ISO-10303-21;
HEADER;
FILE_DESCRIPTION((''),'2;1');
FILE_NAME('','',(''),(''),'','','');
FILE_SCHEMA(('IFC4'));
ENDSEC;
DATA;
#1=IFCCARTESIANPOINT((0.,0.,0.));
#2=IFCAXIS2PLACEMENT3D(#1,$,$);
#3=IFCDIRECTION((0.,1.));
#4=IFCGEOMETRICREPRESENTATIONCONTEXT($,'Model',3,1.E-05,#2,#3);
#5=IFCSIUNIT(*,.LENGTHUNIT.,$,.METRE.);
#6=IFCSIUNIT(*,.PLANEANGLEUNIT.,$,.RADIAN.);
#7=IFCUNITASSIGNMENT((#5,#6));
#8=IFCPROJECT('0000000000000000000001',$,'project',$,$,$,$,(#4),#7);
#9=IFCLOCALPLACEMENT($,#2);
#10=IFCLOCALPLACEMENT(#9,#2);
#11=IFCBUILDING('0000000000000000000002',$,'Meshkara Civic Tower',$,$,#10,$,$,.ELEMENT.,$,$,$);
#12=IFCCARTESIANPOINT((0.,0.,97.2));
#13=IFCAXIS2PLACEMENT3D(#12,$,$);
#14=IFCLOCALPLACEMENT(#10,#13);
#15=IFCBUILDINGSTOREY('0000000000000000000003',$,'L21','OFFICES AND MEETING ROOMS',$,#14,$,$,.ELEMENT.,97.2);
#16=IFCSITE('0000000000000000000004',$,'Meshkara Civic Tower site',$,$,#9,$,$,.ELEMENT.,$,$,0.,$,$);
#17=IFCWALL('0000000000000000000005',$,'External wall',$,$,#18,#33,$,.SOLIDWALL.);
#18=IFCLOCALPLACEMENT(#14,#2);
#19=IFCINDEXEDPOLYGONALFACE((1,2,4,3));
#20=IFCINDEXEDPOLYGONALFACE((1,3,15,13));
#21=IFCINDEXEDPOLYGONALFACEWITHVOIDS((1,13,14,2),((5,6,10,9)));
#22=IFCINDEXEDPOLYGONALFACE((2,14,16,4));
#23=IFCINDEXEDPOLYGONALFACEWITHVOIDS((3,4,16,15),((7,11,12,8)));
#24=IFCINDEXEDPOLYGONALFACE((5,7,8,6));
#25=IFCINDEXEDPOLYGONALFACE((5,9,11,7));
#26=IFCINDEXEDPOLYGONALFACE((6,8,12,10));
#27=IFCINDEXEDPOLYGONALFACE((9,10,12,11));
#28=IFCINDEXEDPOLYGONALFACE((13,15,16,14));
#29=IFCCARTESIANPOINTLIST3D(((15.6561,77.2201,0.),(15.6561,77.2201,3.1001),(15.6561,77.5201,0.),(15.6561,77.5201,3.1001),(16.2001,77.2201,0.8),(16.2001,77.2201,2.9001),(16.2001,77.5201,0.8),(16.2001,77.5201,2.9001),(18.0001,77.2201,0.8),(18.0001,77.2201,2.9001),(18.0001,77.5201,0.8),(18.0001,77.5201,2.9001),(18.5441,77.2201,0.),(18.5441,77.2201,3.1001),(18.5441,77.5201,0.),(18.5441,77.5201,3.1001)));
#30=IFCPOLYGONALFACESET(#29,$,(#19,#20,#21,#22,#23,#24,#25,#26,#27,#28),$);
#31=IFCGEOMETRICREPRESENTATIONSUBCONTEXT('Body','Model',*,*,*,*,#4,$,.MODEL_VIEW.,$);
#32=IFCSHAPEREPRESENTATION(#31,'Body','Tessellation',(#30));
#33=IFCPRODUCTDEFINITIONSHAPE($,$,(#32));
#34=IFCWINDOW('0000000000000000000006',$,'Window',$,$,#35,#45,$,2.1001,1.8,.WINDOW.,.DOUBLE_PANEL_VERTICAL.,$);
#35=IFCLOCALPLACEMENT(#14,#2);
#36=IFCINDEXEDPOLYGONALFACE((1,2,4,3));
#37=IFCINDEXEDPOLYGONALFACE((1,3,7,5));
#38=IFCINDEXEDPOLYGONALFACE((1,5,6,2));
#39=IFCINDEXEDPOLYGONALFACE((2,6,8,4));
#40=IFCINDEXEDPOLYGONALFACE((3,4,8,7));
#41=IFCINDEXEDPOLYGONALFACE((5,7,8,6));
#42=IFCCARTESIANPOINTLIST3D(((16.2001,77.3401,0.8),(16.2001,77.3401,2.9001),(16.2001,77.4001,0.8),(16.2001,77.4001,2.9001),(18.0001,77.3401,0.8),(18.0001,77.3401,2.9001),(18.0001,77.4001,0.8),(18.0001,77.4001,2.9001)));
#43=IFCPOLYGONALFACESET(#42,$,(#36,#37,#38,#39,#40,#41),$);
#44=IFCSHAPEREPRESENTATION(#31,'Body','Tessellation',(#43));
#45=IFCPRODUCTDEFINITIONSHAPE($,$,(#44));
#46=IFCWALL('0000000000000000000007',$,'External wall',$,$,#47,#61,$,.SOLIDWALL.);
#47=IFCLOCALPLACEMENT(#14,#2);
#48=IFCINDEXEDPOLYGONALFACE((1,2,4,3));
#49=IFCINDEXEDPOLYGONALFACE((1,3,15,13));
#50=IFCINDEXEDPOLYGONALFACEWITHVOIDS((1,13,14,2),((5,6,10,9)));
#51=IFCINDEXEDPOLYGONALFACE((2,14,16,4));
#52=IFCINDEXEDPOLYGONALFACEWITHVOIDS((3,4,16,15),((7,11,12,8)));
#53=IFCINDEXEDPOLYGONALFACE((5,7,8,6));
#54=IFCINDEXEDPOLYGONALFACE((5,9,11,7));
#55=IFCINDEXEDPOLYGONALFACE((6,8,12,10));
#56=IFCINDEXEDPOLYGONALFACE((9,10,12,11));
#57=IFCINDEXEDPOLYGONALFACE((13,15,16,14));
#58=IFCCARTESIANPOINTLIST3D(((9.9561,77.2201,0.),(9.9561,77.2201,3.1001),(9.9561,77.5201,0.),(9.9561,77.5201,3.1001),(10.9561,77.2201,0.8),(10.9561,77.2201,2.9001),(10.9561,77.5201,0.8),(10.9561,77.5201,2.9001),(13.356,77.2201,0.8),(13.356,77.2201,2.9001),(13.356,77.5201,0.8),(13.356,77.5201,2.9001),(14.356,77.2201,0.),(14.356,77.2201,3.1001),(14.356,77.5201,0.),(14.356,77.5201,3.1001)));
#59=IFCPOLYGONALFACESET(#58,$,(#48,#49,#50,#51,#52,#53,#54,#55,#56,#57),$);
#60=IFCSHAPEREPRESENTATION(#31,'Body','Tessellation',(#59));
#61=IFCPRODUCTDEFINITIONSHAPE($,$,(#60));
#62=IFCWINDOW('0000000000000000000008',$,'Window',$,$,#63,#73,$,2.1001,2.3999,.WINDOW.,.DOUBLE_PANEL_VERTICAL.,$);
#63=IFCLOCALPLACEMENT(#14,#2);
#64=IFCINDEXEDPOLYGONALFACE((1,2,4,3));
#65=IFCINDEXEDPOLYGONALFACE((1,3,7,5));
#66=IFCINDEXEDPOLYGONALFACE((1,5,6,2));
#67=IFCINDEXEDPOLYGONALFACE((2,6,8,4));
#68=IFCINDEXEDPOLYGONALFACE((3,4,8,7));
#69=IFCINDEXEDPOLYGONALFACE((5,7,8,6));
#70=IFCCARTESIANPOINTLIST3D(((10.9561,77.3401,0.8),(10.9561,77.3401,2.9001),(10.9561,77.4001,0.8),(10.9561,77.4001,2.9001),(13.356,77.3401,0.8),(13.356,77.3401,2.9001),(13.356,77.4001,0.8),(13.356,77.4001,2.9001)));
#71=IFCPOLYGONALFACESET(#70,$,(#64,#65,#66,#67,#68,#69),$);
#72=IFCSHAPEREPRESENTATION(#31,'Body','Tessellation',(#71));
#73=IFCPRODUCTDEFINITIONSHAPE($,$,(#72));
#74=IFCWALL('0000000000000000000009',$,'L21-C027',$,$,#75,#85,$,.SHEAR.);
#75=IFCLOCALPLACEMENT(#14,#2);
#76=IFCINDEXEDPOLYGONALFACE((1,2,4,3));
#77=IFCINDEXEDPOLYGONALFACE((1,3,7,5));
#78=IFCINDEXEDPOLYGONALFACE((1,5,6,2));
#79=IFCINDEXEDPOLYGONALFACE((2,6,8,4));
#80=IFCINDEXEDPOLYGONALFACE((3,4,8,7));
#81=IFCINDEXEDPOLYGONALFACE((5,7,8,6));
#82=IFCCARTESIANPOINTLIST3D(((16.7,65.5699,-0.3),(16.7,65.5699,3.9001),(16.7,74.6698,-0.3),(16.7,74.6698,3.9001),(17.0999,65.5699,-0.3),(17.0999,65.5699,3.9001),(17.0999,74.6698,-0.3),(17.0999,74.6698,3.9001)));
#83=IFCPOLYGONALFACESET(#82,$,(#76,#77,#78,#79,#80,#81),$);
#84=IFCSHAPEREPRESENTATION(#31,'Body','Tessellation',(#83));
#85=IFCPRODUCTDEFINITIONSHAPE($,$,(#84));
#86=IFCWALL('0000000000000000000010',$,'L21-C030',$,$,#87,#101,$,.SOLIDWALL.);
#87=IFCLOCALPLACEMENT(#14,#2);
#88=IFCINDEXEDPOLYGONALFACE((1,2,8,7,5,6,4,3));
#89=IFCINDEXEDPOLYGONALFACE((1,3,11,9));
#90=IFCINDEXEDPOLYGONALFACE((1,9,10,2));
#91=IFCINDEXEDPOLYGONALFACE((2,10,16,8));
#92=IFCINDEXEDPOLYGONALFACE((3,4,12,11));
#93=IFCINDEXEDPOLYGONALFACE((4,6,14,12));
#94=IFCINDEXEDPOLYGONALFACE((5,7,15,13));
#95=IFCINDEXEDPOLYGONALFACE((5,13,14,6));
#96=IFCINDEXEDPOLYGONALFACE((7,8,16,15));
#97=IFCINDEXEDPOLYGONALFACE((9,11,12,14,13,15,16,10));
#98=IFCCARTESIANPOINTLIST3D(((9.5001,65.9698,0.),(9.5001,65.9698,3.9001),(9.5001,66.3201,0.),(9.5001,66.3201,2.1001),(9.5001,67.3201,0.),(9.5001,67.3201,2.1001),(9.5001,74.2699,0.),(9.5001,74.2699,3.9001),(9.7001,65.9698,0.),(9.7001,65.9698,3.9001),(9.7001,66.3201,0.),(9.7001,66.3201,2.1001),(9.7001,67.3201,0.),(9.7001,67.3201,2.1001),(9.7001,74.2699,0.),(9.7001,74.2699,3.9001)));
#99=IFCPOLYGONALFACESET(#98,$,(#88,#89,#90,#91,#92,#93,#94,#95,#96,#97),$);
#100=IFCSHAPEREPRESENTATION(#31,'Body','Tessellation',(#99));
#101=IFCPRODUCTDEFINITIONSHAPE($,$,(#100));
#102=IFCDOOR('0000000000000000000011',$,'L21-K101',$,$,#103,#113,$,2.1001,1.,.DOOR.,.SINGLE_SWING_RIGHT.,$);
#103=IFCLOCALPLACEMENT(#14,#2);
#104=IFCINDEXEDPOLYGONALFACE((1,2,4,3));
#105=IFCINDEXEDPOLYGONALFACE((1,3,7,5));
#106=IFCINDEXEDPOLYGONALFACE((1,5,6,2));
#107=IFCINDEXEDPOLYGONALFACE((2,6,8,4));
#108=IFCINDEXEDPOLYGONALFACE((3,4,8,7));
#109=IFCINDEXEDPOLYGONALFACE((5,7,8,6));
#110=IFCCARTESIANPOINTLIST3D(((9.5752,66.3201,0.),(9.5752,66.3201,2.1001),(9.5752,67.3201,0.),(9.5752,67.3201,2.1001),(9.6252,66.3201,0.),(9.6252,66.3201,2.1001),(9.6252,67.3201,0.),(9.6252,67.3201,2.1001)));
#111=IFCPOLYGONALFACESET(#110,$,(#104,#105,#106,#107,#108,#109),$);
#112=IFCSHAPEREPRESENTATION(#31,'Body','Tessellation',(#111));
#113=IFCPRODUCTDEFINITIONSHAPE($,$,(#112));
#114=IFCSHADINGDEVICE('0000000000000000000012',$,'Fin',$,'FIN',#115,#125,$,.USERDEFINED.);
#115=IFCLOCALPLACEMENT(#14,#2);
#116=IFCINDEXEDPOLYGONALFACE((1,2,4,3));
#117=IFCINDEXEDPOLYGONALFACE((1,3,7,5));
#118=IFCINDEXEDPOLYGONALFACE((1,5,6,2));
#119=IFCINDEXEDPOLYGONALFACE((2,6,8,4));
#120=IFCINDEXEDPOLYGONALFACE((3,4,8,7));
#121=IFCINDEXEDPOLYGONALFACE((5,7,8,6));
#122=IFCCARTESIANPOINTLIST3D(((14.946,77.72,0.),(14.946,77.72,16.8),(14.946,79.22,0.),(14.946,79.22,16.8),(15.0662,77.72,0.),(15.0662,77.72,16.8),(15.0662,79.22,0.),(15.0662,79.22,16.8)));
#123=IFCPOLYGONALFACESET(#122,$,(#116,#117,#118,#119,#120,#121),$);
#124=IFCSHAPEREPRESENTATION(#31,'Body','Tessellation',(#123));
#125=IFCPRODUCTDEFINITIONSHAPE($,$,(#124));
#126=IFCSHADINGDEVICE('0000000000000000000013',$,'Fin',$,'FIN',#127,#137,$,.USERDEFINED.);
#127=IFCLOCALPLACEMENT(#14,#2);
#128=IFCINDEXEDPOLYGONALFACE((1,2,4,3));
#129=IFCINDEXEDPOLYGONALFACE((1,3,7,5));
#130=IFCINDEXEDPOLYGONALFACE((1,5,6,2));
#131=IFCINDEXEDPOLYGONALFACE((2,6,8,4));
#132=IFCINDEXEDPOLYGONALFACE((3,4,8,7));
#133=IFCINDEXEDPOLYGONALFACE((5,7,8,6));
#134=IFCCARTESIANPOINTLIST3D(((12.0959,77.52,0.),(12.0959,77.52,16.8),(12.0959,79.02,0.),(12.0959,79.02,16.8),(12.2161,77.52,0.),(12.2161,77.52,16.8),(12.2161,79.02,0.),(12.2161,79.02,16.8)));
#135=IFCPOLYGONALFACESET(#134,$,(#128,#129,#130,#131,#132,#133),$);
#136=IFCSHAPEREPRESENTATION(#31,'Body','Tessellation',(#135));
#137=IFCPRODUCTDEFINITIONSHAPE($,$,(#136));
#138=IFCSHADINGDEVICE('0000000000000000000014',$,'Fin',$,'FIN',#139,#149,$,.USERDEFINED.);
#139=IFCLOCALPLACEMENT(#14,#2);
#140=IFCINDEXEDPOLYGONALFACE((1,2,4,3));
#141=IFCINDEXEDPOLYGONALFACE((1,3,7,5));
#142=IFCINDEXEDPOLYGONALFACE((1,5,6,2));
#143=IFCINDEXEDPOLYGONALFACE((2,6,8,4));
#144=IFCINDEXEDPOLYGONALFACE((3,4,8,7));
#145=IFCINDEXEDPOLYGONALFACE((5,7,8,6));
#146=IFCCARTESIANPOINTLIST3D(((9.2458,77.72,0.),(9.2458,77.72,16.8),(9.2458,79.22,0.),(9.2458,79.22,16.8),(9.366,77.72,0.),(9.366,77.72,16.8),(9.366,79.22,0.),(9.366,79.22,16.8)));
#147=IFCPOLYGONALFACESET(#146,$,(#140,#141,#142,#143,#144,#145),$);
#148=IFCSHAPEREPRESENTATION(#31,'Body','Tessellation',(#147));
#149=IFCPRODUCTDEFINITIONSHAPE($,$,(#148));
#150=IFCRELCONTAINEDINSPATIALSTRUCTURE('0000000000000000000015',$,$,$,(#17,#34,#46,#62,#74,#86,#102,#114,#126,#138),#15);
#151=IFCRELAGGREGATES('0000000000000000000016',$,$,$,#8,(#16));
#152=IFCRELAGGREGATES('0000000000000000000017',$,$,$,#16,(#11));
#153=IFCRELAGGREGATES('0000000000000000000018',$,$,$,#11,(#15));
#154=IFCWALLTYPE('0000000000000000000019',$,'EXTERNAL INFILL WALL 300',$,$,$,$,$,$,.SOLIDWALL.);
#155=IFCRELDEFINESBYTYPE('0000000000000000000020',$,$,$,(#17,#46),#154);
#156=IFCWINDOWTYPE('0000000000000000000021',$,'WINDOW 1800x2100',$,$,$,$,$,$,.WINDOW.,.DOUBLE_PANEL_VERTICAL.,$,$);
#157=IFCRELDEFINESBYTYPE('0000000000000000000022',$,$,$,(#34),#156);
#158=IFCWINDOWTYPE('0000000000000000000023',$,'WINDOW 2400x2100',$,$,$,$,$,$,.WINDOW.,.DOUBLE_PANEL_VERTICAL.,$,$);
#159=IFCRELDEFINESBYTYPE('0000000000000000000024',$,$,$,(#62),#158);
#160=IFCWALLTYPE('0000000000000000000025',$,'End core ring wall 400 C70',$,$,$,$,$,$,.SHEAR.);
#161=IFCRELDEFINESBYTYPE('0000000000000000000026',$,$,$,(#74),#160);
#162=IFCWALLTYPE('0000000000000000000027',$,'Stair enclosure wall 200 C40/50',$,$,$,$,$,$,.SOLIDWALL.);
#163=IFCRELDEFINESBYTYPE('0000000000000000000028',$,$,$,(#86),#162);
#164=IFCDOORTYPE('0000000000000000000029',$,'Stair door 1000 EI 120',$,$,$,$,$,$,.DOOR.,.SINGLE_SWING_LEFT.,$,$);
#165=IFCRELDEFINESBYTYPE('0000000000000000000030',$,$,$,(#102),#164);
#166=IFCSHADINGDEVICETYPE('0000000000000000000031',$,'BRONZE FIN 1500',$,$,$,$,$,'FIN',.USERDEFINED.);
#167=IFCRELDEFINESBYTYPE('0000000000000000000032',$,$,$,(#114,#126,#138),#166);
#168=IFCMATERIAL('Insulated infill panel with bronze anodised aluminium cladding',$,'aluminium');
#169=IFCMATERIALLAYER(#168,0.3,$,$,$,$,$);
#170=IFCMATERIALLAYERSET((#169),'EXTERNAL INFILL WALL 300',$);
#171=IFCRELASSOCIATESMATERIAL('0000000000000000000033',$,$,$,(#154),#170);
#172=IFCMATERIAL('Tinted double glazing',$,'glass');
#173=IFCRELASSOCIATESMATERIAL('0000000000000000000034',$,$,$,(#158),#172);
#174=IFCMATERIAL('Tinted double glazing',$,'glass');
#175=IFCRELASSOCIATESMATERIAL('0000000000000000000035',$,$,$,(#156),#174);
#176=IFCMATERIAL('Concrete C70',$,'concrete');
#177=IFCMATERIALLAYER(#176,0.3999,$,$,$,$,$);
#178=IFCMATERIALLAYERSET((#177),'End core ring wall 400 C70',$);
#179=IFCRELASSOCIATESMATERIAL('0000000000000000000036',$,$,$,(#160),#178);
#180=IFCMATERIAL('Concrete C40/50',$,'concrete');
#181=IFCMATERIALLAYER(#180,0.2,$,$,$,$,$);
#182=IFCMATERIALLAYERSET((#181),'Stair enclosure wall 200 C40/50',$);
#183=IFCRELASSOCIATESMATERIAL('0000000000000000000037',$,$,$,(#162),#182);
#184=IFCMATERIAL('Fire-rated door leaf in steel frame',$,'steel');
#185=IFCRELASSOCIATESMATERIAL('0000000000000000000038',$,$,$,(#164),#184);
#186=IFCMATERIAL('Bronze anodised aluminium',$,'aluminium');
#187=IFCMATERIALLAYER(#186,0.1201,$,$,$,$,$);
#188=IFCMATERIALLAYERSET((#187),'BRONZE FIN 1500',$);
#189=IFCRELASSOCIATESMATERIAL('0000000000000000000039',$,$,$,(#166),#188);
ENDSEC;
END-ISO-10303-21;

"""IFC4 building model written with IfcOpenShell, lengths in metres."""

from ifc_helpers import new_model, si_unit, direction, frame, frame_2d, origin, origin_2d, place, context, subcontext, project, spatial, rectangle, extrude, material, layer, layer_set, type_object, element, fill, save


model = new_model("IFC4")

# Units and contexts
model_context = context("Model", 3, precision=1e-05, world=origin(), true_north=direction((0.0, 1.0)))
body_context = subcontext(model_context, "Body", "Model", "MODEL_VIEW")
ifc_project = project(units=[si_unit("LENGTHUNIT", "METRE"), si_unit("PLANEANGLEUNIT", "RADIAN")], contexts=[model_context])

# Site, building, storey
site_placement = place(None, origin())
site = spatial("IfcSite", under=ifc_project, at=site_placement, Name="Meshkara Civic Tower site", CompositionType="ELEMENT", RefElevation=0.0)
building_placement = place(site_placement, origin())
building = spatial("IfcBuilding", under=site, at=building_placement, Name="Meshkara Civic Tower", CompositionType="ELEMENT")
storey_placement = place(building_placement, frame((0.0, 0.0, 97.2)))
storey = spatial("IfcBuildingStorey", under=building, at=storey_placement, Name="L21", Description="OFFICES AND MEETING ROOMS", CompositionType="ELEMENT", Elevation=97.2)

# Walls, openings, windows
ifc_material_1 = material(Name="Insulated infill panel with bronze anodised aluminium cladding", Category="aluminium")
ifc_layer_1 = layer(ifc_material_1, 0.3)
ifc_layer_set_1 = layer_set([ifc_layer_1], Name="EXTERNAL INFILL WALL 300")
wall_type_1 = type_object("IfcWallType", Name="EXTERNAL INFILL WALL 300", PredefinedType="SOLIDWALL", material=ifc_layer_set_1)
ifc_material_2 = material(Name="Tinted double glazing", Category="glass")
window_type_1 = type_object("IfcWindowType", Name="WINDOW 2400x2100", PartitioningType="DOUBLE_PANEL_VERTICAL", PredefinedType="WINDOW", material=ifc_material_2)
ifc_material_3 = material(Name="Tinted double glazing", Category="glass")
window_type_2 = type_object("IfcWindowType", Name="WINDOW 1800x2100", PartitioningType="DOUBLE_PANEL_VERTICAL", PredefinedType="WINDOW", material=ifc_material_3)
wall_1_placement = place(storey_placement, frame((18.5439, 77.3701, 0.0), z_axis=(0.0, 0.0, 1.0), x_axis=(-1.0, 0.0, 0.0)))
wall_1 = element("IfcWall", 1, at=wall_1_placement, inside=storey, type_object=wall_type_1, Name="External wall", PredefinedType="SOLIDWALL", context=body_context, shape_type="SweptSolid", body=[
    extrude(rectangle(XDim=2.8879, YDim=0.3, at=frame_2d((1.4438, 0.0))), origin(), (0.0, 0.0, 1.0), 3.1001),
])
opening_1_placement = place(wall_1_placement, frame((0.5439, 0.0, 0.8)))
opening_1 = element("IfcOpeningElement", 2, at=opening_1_placement, cuts=wall_1, PredefinedType="OPENING", context=body_context, shape_type="SweptSolid", body=[
    extrude(rectangle(XDim=1.8, YDim=2.1001, at=frame_2d((0.8999, 1.05))), frame((0.0, 0.1599, 0.0), z_axis=(0.0, -1.0, 0.0), x_axis=(1.0, 0.0, 0.0)), (0.0, 0.0, 1.0), 0.3201),
])
window_1_placement = place(opening_1_placement, origin())
window_1 = element("IfcWindow", 3, at=window_1_placement, inside=storey, type_object=window_type_2, Name="Window", OverallHeight=2.1001, OverallWidth=1.8, PartitioningType="DOUBLE_PANEL_VERTICAL", PredefinedType="WINDOW", context=body_context, shape_type="SweptSolid", body=[
    extrude(rectangle(XDim=1.8, YDim=2.1001, at=frame_2d((0.8999, 1.05))), frame((0.0, 0.03, 0.0), z_axis=(0.0, -1.0, 0.0), x_axis=(1.0, 0.0, 0.0)), (0.0, 0.0, 1.0), 0.0601),
])
fill(opening_1, window_1)
wall_2_placement = place(storey_placement, frame((14.356, 77.3701, 0.0), z_axis=(0.0, 0.0, 1.0), x_axis=(-1.0, 0.0, 0.0)))
wall_2 = element("IfcWall", 4, at=wall_2_placement, inside=storey, type_object=wall_type_1, Name="External wall", PredefinedType="SOLIDWALL", context=body_context, shape_type="SweptSolid", body=[
    extrude(rectangle(XDim=4.3999, YDim=0.3, at=frame_2d((2.2, 0.0))), origin(), (0.0, 0.0, 1.0), 3.1001),
])
opening_2_placement = place(wall_2_placement, frame((1.0, 0.0, 0.8)))
opening_2 = element("IfcOpeningElement", 5, at=opening_2_placement, cuts=wall_2, PredefinedType="OPENING", context=body_context, shape_type="SweptSolid", body=[
    extrude(rectangle(XDim=2.3999, YDim=2.1001, at=frame_2d((1.2, 1.05))), frame((0.0, 0.1599, 0.0), z_axis=(0.0, -1.0, 0.0), x_axis=(1.0, 0.0, 0.0)), (0.0, 0.0, 1.0), 0.3201),
])
window_2_placement = place(opening_2_placement, origin())
window_2 = element("IfcWindow", 6, at=window_2_placement, inside=storey, type_object=window_type_1, Name="Window", OverallHeight=2.1001, OverallWidth=2.3999, PartitioningType="DOUBLE_PANEL_VERTICAL", PredefinedType="WINDOW", context=body_context, shape_type="SweptSolid", body=[
    extrude(rectangle(XDim=2.3999, YDim=2.1001, at=frame_2d((1.2, 1.05))), frame((0.0, 0.03, 0.0), z_axis=(0.0, -1.0, 0.0), x_axis=(1.0, 0.0, 0.0)), (0.0, 0.0, 1.0), 0.0601),
])
fill(opening_2, window_2)

# Wall
ifc_material_4 = material(Name="Concrete C70", Category="concrete")
ifc_layer_2 = layer(ifc_material_4, 0.3999)
ifc_layer_set_2 = layer_set([ifc_layer_2], Name="End core ring wall 400 C70")
wall_type_2 = type_object("IfcWallType", Name="End core ring wall 400 C70", PredefinedType="SHEAR", material=ifc_layer_set_2)
wall_3_placement = place(storey_placement, frame((16.8999, 65.5701, -0.3), z_axis=(0.0, 0.0, 1.0), x_axis=(0.0, 1.0, 0.0)))
element("IfcWall", 7, at=wall_3_placement, inside=storey, type_object=wall_type_2, Name="L21-C027", PredefinedType="SHEAR", context=body_context, shape_type="SweptSolid", body=[
    extrude(rectangle(XDim=9.0999, YDim=0.3999, at=frame_2d((4.5498, 0.0))), origin(), (0.0, 0.0, 1.0), 4.2002),
])

# Wall, opening, door
ifc_material_5 = material(Name="Concrete C40/50", Category="concrete")
ifc_layer_3 = layer(ifc_material_5, 0.2)
ifc_layer_set_3 = layer_set([ifc_layer_3], Name="Stair enclosure wall 200 C40/50")
wall_type_3 = type_object("IfcWallType", Name="Stair enclosure wall 200 C40/50", PredefinedType="SOLIDWALL", material=ifc_layer_set_3)
wall_4_placement = place(storey_placement, frame((9.6001, 65.97, 0.0), z_axis=(0.0, 0.0, 1.0), x_axis=(0.0, 1.0, 0.0)))
wall_4 = element("IfcWall", 8, at=wall_4_placement, inside=storey, type_object=wall_type_3, Name="L21-C030", PredefinedType="SOLIDWALL", context=body_context, shape_type="SweptSolid", body=[
    extrude(rectangle(XDim=8.3, YDim=0.2, at=frame_2d((4.1499, 0.0))), origin(), (0.0, 0.0, 1.0), 3.9001),
])
opening_3_placement = place(wall_4_placement, frame((0.3501, 0.0, 0.0)))
opening_3 = element("IfcOpeningElement", 9, at=opening_3_placement, cuts=wall_4, PredefinedType="OPENING", context=body_context, shape_type="SweptSolid", body=[
    extrude(rectangle(XDim=1.0, YDim=2.1001, at=frame_2d((0.5, 1.05))), frame((0.0, 0.1099, 0.0), z_axis=(0.0, -1.0, 0.0), x_axis=(1.0, 0.0, 0.0)), (0.0, 0.0, 1.0), 0.22),
])
ifc_material_6 = material(Name="Fire-rated door leaf in steel frame", Category="steel")
door_type_1 = type_object("IfcDoorType", Name="Stair door 1000 EI 120", OperationType="SINGLE_SWING_LEFT", PredefinedType="DOOR", material=ifc_material_6)
door_1_placement = place(opening_3_placement, origin())
door_1 = element("IfcDoor", 10, at=door_1_placement, inside=storey, type_object=door_type_1, Name="L21-K101", OperationType="SINGLE_SWING_RIGHT", OverallHeight=2.1001, OverallWidth=1.0, PredefinedType="DOOR", context=body_context, shape_type="SweptSolid", body=[
    extrude(rectangle(XDim=1.0, YDim=2.1001, at=frame_2d((0.5, 1.05))), frame((0.0, 0.0249, 0.0), z_axis=(0.0, -1.0, 0.0), x_axis=(1.0, 0.0, 0.0)), (0.0, 0.0, 1.0), 0.05),
])
fill(opening_3, door_1)

# Shading devices
ifc_material_7 = material(Name="Bronze anodised aluminium", Category="aluminium")
ifc_layer_4 = layer(ifc_material_7, 0.1201)
ifc_layer_set_4 = layer_set([ifc_layer_4], Name="BRONZE FIN 1500")
shading_device_type = type_object("IfcShadingDeviceType", Name="BRONZE FIN 1500", ElementType="FIN", PredefinedType="USERDEFINED", material=ifc_layer_set_4)
for number, where, z_axis, x_axis, name in (
    (11, (15.0061, 78.47, 0.0), (0.0, 0.0, 1.0), (-1.0, 0.0, 0.0), "Fin"),
    (12, (12.156, 78.27, 0.0), (0.0, 0.0, 1.0), (-1.0, 0.0, 0.0), "Fin"),
    (13, (9.3059, 78.47, 0.0), (0.0, 0.0, 1.0), (-1.0, 0.0, 0.0), "Fin"),
):
    element("IfcShadingDevice", number, at=place(storey_placement, frame(where, z_axis=z_axis, x_axis=x_axis)), inside=storey, type_object=shading_device_type, Name=name, ObjectType="FIN", PredefinedType="USERDEFINED", context=body_context, shape_type="SweptSolid", body=[
        extrude(rectangle(XDim=0.1201, YDim=1.5, at=origin_2d()), origin(), (0.0, 0.0, 1.0), 16.8),
    ])

save(model, "model.ifc")
